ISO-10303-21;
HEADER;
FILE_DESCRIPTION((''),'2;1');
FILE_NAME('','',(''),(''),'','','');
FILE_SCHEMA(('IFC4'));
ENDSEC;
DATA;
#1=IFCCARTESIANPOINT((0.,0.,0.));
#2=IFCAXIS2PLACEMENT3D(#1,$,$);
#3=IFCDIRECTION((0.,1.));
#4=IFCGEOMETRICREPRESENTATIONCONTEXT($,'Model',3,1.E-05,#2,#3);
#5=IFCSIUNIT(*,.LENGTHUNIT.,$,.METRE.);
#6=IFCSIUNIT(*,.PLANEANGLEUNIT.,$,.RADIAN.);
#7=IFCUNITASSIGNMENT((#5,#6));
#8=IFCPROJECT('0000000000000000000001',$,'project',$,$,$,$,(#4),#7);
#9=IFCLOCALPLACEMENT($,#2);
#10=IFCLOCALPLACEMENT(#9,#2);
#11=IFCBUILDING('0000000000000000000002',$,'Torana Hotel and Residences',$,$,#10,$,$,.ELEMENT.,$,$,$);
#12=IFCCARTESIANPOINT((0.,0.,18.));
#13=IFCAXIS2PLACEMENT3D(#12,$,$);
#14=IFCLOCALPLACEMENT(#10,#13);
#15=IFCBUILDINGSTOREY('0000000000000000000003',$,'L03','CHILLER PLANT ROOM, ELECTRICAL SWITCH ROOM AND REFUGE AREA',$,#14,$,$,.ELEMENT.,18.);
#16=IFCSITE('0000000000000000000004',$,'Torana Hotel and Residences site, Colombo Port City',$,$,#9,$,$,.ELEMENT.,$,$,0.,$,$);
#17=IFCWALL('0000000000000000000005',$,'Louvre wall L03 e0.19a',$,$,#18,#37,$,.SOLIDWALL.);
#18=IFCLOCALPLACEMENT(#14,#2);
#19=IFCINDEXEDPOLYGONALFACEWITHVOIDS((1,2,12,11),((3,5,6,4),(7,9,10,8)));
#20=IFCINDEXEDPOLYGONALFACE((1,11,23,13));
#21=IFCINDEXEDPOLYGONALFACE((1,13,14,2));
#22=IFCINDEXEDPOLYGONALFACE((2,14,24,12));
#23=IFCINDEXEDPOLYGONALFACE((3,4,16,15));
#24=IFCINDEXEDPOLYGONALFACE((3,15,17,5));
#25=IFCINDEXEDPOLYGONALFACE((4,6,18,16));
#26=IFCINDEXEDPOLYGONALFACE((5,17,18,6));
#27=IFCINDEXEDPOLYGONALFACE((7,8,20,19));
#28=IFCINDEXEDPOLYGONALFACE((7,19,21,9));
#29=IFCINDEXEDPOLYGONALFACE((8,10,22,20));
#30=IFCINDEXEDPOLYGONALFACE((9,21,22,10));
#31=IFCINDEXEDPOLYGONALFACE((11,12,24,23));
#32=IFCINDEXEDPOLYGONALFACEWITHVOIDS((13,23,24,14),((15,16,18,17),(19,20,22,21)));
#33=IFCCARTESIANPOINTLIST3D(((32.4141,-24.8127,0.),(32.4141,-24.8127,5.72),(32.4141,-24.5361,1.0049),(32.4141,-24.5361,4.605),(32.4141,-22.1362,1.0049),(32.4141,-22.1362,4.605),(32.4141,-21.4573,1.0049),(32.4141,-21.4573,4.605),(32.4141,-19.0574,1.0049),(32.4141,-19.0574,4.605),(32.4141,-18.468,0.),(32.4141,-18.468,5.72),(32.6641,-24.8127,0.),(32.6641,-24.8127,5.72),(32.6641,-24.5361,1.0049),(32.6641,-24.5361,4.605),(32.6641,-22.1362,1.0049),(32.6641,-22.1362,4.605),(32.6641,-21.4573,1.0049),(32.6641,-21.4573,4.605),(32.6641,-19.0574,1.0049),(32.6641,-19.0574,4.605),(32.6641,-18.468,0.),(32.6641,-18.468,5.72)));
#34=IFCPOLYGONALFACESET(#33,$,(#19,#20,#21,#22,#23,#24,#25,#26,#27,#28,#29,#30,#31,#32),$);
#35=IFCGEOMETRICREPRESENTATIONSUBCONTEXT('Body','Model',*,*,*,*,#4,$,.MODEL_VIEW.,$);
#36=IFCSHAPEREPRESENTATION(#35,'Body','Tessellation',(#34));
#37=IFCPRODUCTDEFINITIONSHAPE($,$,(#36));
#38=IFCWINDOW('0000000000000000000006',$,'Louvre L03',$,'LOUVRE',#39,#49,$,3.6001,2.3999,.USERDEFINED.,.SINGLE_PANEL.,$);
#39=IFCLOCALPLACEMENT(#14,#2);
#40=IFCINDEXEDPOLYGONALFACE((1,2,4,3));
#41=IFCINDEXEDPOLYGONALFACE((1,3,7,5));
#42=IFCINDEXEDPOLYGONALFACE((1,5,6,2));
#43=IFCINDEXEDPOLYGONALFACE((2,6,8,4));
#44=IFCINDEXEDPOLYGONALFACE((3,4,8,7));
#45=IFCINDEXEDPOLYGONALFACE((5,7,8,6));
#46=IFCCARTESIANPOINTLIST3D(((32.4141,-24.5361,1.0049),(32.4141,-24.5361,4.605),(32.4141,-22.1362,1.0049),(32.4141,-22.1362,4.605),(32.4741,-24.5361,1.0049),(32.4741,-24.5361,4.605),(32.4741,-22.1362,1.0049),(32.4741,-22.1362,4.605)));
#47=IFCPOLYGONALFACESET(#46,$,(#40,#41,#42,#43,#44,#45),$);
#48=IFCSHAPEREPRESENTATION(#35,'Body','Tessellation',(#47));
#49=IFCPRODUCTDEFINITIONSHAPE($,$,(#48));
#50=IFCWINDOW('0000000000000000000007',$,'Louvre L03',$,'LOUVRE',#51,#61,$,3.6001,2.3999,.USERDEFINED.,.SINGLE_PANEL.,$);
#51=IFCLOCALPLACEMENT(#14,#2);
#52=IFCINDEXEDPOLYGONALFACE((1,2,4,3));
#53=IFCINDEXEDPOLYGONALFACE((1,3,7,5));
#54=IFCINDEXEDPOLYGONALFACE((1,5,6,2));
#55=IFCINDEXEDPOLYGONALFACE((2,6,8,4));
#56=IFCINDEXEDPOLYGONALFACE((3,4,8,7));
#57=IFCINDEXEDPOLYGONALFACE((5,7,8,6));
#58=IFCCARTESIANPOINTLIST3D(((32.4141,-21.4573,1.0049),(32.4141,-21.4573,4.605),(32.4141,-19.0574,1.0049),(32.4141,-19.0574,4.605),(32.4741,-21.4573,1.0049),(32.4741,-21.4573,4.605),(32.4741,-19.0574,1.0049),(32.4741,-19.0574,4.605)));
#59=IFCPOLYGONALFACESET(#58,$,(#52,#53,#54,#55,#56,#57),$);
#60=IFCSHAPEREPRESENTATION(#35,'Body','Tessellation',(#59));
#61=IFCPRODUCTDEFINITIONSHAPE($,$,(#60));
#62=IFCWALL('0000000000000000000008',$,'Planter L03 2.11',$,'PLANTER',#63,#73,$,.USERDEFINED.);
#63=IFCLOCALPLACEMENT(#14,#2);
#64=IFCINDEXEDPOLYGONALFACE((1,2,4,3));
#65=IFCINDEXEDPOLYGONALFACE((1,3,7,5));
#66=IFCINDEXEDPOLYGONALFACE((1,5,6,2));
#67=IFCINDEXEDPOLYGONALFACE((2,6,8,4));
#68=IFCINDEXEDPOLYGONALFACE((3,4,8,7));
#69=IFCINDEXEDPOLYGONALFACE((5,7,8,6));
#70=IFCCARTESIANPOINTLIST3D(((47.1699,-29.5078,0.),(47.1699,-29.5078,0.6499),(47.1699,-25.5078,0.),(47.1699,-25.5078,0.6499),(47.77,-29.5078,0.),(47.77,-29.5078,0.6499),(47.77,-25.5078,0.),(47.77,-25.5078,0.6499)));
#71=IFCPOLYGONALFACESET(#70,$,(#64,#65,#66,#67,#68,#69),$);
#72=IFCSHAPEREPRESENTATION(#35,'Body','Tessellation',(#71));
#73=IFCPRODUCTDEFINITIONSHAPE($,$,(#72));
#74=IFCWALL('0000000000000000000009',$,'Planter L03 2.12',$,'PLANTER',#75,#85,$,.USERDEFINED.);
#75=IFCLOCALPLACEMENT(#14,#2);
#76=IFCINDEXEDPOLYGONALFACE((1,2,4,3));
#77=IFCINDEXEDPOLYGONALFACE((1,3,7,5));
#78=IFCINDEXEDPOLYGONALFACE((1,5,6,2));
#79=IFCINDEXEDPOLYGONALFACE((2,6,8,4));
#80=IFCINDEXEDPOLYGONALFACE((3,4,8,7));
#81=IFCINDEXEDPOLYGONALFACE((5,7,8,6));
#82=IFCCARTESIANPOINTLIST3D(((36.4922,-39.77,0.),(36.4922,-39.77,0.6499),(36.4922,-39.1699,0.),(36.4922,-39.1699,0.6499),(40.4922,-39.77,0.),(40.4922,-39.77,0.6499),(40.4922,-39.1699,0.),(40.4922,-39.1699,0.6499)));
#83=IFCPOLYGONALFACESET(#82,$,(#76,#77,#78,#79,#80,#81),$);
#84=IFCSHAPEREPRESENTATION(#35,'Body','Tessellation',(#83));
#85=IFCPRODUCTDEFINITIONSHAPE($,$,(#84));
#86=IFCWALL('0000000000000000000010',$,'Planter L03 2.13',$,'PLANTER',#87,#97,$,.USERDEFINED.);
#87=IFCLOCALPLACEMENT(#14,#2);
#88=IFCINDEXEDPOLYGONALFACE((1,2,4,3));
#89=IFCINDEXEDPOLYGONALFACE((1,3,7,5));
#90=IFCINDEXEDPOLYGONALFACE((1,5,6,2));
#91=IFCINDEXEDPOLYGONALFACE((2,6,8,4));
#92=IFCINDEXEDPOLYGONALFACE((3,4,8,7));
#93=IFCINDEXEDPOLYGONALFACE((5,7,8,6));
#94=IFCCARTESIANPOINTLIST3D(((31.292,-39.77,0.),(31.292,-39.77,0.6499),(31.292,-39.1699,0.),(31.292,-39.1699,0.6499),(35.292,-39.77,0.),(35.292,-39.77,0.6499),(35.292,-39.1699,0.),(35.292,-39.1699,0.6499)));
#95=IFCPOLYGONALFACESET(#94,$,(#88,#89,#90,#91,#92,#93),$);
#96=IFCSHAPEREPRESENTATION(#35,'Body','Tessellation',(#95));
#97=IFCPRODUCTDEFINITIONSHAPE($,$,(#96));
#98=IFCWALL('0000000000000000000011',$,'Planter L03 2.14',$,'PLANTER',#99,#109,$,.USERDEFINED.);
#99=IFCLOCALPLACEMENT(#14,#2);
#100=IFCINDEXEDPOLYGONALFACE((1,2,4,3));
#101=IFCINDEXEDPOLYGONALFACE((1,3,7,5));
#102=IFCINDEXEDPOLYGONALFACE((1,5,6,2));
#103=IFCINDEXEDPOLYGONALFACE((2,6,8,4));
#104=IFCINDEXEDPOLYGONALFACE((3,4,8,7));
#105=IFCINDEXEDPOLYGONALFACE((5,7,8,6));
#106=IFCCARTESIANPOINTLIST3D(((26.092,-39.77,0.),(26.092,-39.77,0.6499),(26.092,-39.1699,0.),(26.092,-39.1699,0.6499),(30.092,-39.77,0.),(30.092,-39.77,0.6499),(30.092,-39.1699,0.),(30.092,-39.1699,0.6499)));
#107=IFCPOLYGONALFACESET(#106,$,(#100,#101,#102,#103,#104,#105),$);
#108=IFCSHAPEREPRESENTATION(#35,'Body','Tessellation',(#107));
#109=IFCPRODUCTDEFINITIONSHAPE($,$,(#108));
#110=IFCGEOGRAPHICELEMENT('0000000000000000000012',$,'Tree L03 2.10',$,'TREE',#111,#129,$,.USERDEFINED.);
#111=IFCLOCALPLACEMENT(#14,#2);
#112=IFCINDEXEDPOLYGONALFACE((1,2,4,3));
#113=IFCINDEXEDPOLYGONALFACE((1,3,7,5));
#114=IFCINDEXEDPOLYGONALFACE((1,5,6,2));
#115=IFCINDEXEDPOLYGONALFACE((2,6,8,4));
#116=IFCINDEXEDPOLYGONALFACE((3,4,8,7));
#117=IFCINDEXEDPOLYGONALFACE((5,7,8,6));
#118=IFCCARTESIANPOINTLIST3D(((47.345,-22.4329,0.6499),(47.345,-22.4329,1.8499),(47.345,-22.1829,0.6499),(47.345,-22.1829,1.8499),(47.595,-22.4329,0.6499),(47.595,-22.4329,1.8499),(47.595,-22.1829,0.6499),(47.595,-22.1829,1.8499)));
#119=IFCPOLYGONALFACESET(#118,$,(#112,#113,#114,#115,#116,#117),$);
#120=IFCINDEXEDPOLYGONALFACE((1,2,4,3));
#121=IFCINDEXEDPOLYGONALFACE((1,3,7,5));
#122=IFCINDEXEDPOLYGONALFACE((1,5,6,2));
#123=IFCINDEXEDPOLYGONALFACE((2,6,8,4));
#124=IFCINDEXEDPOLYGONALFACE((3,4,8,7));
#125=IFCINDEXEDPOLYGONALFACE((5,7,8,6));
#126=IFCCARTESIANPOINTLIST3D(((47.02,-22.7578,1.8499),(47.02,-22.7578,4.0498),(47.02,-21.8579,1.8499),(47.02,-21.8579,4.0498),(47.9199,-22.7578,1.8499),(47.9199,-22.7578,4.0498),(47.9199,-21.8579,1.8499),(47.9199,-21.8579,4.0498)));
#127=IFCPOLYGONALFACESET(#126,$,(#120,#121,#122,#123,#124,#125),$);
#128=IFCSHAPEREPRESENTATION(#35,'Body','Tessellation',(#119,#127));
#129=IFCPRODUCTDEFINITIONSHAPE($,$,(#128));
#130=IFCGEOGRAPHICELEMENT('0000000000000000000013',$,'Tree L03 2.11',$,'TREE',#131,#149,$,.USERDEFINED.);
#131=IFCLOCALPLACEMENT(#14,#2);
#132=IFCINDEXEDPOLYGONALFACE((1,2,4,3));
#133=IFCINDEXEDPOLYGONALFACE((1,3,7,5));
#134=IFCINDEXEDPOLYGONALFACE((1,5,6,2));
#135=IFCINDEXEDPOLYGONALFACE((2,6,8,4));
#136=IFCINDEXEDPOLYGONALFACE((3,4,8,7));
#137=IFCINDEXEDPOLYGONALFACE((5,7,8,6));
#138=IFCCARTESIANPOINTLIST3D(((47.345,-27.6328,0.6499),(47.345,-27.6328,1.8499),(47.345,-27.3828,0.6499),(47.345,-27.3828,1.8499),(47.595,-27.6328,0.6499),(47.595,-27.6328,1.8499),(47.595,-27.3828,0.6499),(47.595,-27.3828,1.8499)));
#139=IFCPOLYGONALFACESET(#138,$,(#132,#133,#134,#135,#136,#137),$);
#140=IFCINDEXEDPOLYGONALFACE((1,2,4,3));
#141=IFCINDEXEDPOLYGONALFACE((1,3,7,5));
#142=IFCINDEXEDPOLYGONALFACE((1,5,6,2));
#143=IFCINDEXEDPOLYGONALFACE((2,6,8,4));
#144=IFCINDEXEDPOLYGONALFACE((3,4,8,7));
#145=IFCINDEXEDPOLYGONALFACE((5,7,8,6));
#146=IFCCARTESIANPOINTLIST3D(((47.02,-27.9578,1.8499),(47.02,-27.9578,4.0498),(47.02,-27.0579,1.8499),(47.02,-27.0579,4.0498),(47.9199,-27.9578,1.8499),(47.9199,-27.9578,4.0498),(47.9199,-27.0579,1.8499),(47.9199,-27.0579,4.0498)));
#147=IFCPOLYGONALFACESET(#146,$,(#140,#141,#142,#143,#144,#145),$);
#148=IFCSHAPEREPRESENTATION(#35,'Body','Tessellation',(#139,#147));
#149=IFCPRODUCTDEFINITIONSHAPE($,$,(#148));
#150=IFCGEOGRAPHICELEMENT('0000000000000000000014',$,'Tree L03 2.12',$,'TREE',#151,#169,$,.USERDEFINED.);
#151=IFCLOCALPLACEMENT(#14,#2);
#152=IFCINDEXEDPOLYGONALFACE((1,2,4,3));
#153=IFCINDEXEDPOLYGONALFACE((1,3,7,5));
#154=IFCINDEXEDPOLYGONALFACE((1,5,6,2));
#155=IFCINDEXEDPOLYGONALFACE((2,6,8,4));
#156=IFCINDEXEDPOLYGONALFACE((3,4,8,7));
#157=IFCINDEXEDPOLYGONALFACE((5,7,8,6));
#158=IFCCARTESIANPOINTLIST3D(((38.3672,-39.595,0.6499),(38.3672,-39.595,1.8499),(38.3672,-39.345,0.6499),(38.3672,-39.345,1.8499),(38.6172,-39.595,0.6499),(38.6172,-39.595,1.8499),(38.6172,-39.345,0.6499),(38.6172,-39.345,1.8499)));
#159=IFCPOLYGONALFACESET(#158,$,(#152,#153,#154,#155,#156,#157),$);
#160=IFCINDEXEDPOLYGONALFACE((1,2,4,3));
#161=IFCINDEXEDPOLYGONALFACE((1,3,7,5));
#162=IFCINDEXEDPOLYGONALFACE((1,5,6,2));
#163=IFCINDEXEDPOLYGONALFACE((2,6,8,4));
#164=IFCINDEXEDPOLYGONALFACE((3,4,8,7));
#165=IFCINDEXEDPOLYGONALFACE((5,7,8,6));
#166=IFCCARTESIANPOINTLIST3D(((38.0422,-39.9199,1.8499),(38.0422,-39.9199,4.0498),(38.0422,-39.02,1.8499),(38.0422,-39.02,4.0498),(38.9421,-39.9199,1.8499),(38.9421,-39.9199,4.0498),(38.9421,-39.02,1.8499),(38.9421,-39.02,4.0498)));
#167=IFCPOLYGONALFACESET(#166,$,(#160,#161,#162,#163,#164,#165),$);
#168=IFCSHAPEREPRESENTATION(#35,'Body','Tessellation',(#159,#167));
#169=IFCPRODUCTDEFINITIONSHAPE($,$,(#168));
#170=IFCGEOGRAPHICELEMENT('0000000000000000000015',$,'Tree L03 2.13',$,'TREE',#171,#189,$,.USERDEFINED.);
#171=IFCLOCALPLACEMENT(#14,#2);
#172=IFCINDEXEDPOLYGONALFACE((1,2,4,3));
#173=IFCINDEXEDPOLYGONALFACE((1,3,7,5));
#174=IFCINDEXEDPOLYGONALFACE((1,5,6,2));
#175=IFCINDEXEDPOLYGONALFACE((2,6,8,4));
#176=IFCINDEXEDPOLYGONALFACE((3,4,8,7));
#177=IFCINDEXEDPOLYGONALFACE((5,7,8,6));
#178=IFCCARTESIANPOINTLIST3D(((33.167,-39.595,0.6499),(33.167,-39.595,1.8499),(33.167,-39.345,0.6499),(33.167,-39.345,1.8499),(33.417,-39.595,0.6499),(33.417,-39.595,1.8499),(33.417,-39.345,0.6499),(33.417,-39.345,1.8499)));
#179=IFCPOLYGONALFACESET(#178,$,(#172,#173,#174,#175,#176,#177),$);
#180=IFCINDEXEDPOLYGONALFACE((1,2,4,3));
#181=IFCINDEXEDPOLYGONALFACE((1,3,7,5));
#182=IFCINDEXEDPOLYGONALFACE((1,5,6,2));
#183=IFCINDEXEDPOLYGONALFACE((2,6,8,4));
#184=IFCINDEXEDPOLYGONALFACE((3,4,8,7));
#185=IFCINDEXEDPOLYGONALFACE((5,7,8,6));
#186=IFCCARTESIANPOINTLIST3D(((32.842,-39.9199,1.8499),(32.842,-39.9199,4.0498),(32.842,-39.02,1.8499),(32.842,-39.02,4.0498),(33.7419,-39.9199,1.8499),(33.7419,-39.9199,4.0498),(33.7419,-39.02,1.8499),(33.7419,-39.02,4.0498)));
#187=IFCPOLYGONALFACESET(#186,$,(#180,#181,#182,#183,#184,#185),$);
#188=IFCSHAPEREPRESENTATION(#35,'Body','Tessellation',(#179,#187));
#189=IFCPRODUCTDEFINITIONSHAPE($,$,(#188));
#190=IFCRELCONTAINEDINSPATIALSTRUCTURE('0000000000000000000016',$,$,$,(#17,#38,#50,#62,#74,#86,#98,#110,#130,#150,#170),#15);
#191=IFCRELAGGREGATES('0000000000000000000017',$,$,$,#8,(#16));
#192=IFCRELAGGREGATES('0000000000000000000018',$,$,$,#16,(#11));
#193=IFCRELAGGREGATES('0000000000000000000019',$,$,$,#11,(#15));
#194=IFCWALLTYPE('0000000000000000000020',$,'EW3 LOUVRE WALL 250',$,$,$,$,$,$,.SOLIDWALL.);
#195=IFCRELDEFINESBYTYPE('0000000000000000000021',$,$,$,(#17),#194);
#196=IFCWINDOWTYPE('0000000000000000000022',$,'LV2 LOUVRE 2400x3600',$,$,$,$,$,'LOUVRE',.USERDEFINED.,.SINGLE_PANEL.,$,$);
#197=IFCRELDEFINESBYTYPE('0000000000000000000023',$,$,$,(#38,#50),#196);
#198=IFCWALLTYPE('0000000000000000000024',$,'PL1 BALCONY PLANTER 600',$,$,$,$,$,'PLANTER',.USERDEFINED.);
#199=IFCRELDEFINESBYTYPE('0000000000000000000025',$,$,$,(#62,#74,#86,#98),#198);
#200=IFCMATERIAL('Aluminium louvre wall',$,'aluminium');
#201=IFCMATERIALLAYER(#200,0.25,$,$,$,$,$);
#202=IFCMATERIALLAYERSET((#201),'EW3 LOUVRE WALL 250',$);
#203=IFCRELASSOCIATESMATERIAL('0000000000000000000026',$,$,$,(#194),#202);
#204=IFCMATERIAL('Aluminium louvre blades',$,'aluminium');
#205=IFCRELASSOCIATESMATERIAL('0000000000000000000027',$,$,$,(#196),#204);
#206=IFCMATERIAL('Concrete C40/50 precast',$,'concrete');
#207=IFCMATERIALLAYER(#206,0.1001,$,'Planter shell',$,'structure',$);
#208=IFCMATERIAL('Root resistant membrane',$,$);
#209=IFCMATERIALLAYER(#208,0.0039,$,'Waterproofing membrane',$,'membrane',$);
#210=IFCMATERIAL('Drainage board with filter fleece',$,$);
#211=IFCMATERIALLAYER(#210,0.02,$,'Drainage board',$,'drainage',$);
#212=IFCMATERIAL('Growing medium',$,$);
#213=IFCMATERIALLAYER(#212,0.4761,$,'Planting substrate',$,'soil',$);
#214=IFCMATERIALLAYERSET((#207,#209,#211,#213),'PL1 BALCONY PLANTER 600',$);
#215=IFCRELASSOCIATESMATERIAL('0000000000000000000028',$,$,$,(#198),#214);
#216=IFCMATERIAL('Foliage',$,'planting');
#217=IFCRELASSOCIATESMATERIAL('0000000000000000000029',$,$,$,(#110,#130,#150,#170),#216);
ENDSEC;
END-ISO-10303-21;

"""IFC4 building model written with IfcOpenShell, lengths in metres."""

from ifc_helpers import new_model, si_unit, direction, frame, frame_2d, origin, origin_2d, place, context, subcontext, project, spatial, rectangle, extrude, material, layer, layer_set, type_object, element, fill, save


model = new_model("IFC4")

# Units and contexts
model_context = context("Model", 3, precision=1e-05, world=origin(), true_north=direction((0.0, 1.0)))
body_context = subcontext(model_context, "Body", "Model", "MODEL_VIEW")
ifc_project = project(units=[si_unit("LENGTHUNIT", "METRE"), si_unit("PLANEANGLEUNIT", "RADIAN")], contexts=[model_context])

# Site, building, storey
site_placement = place(None, origin())
site = spatial("IfcSite", under=ifc_project, at=site_placement, Name="Torana Hotel and Residences site, Colombo Port City", CompositionType="ELEMENT", RefElevation=0.0)
building_placement = place(site_placement, origin())
building = spatial("IfcBuilding", under=site, at=building_placement, Name="Torana Hotel and Residences", CompositionType="ELEMENT")
storey_placement = place(building_placement, frame((0.0, 0.0, 18.0)))
storey = spatial("IfcBuildingStorey", under=building, at=storey_placement, Name="L03", Description="CHILLER PLANT ROOM, ELECTRICAL SWITCH ROOM AND REFUGE AREA", CompositionType="ELEMENT", Elevation=18.0)

# Shared definitions
ifc_material_1 = material(Name="Aluminium louvre wall", Category="aluminium")
ifc_layer_1 = layer(ifc_material_1, 0.25)
ifc_layer_set_1 = layer_set([ifc_layer_1], Name="EW3 LOUVRE WALL 250")
wall_type_1 = type_object("IfcWallType", Name="EW3 LOUVRE WALL 250", PredefinedType="SOLIDWALL", material=ifc_layer_set_1)

# Wall, openings, windows
wall_1_placement = place(storey_placement, frame((32.5391, -24.8127, 0.0), z_axis=(0.0, 0.0, 1.0), x_axis=(0.0, 1.0, 0.0)))
wall_1 = element("IfcWall", 1, at=wall_1_placement, inside=storey, type_object=wall_type_1, Name="Louvre wall L03 e0.19a", PredefinedType="SOLIDWALL", context=body_context, shape_type="SweptSolid", body=[
    extrude(rectangle(XDim=6.3447, YDim=0.25, at=frame_2d((3.1724, 0.0))), origin(), (0.0, 0.0, 1.0), 5.72),
])
opening_1_placement = place(wall_1_placement, frame((0.2766, 0.0, 1.0049)))
opening_1 = element("IfcOpeningElement", 2, at=opening_1_placement, cuts=wall_1, PredefinedType="OPENING", context=body_context, shape_type="SweptSolid", body=[
    extrude(rectangle(XDim=2.3999, YDim=3.6001, at=frame_2d((1.2, 1.8))), frame((0.0, 0.135, 0.0), z_axis=(0.0, -1.0, 0.0), x_axis=(1.0, 0.0, 0.0)), (0.0, 0.0, 1.0), 0.27),
])
opening_2_placement = place(wall_1_placement, frame((3.3555, 0.0, 1.0049)))
opening_2 = element("IfcOpeningElement", 3, at=opening_2_placement, cuts=wall_1, PredefinedType="OPENING", context=body_context, shape_type="SweptSolid", body=[
    extrude(rectangle(XDim=2.3999, YDim=3.6001, at=frame_2d((1.2, 1.8))), frame((0.0, 0.135, 0.0), z_axis=(0.0, -1.0, 0.0), x_axis=(1.0, 0.0, 0.0)), (0.0, 0.0, 1.0), 0.27),
])
ifc_material_2 = material(Name="Aluminium louvre blades", Category="aluminium")
window_type = type_object("IfcWindowType", Name="LV2 LOUVRE 2400x3600", ElementType="LOUVRE", PartitioningType="SINGLE_PANEL", PredefinedType="USERDEFINED", material=ifc_material_2)
window_1_placement = place(opening_1_placement, origin())
window_1 = element("IfcWindow", 4, at=window_1_placement, inside=storey, type_object=window_type, Name="Louvre L03", ObjectType="LOUVRE", OverallHeight=3.6001, OverallWidth=2.3999, PartitioningType="SINGLE_PANEL", PredefinedType="USERDEFINED", context=body_context, shape_type="SweptSolid", body=[
    extrude(rectangle(XDim=2.3999, YDim=3.6001, at=frame_2d((1.2, 1.8))), frame((0.0, 0.125, 0.0), z_axis=(0.0, -1.0, 0.0), x_axis=(1.0, 0.0, 0.0)), (0.0, 0.0, 1.0), 0.0601),
])
fill(opening_1, window_1)
window_2_placement = place(opening_2_placement, origin())
window_2 = element("IfcWindow", 5, at=window_2_placement, inside=storey, type_object=window_type, Name="Louvre L03", ObjectType="LOUVRE", OverallHeight=3.6001, OverallWidth=2.3999, PartitioningType="SINGLE_PANEL", PredefinedType="USERDEFINED", context=body_context, shape_type="SweptSolid", body=[
    extrude(rectangle(XDim=2.3999, YDim=3.6001, at=frame_2d((1.2, 1.8))), frame((0.0, 0.125, 0.0), z_axis=(0.0, -1.0, 0.0), x_axis=(1.0, 0.0, 0.0)), (0.0, 0.0, 1.0), 0.0601),
])
fill(opening_2, window_2)

# Walls
ifc_material_3 = material(Name="Concrete C40/50 precast", Category="concrete")
ifc_layer_2 = layer(ifc_material_3, 0.1001, Name="Planter shell", Category="structure")
ifc_material_4 = material(Name="Root resistant membrane")
ifc_layer_3 = layer(ifc_material_4, 0.0039, Name="Waterproofing membrane", Category="membrane")
ifc_material_5 = material(Name="Drainage board with filter fleece")
ifc_layer_4 = layer(ifc_material_5, 0.02, Name="Drainage board", Category="drainage")
ifc_material_6 = material(Name="Growing medium")
ifc_layer_5 = layer(ifc_material_6, 0.4761, Name="Planting substrate", Category="soil")
ifc_layer_set_2 = layer_set([ifc_layer_2, ifc_layer_3, ifc_layer_4, ifc_layer_5], Name="PL1 BALCONY PLANTER 600")
wall_type_2 = type_object("IfcWallType", Name="PL1 BALCONY PLANTER 600", ElementType="PLANTER", PredefinedType="USERDEFINED", material=ifc_layer_set_2)
for number, where, z_axis, x_axis, name in (
    (6, (47.47, -25.5078, 0.0), (0.0, 0.0, 1.0), (0.0, -1.0, 0.0), "Planter L03 2.11"),
    (7, (40.4922, -39.47, 0.0), (0.0, 0.0, 1.0), (-1.0, 0.0, 0.0), "Planter L03 2.12"),
    (8, (35.292, -39.47, 0.0), (0.0, 0.0, 1.0), (-1.0, 0.0, 0.0), "Planter L03 2.13"),
    (9, (30.092, -39.47, 0.0), (0.0, 0.0, 1.0), (-1.0, 0.0, 0.0), "Planter L03 2.14"),
):
    element("IfcWall", number, at=place(storey_placement, frame(where, z_axis=z_axis, x_axis=x_axis)), inside=storey, type_object=wall_type_2, Name=name, ObjectType="PLANTER", PredefinedType="USERDEFINED", context=body_context, shape_type="SweptSolid", body=[
        extrude(rectangle(XDim=4.0, YDim=0.6001, at=frame_2d((2.0, 0.0))), origin(), (0.0, 0.0, 1.0), 0.6499),
    ])

# Geographic elements
ifc_material_7 = material(Name="Foliage", Category="planting")
for number, where, z_axis, x_axis, name in (
    (10, (47.47, -22.3079, 0.6499), (0.0, 0.0, 1.0), (1.0, 0.0, 0.0), "Tree L03 2.10"),
    (11, (47.47, -27.5078, 0.6499), (0.0, 0.0, 1.0), (1.0, 0.0, 0.0), "Tree L03 2.11"),
    (12, (38.4922, -39.47, 0.6499), (0.0, 0.0, 1.0), (1.0, 0.0, 0.0), "Tree L03 2.12"),
    (13, (33.292, -39.47, 0.6499), (0.0, 0.0, 1.0), (1.0, 0.0, 0.0), "Tree L03 2.13"),
):
    element("IfcGeographicElement", number, at=place(storey_placement, frame(where, z_axis=z_axis, x_axis=x_axis)), inside=storey, material=ifc_material_7, Name=name, ObjectType="TREE", PredefinedType="USERDEFINED", context=body_context, shape_type="SweptSolid", body=[
        extrude(rectangle(XDim=0.25, YDim=0.25, at=origin_2d()), origin(), (0.0, 0.0, 1.0), 1.2),
        extrude(rectangle(XDim=0.8999, YDim=0.8999, at=origin_2d()), frame((0.0, 0.0, 1.2)), (0.0, 0.0, 1.0), 2.2),
    ])

save(model, "model.ifc")
